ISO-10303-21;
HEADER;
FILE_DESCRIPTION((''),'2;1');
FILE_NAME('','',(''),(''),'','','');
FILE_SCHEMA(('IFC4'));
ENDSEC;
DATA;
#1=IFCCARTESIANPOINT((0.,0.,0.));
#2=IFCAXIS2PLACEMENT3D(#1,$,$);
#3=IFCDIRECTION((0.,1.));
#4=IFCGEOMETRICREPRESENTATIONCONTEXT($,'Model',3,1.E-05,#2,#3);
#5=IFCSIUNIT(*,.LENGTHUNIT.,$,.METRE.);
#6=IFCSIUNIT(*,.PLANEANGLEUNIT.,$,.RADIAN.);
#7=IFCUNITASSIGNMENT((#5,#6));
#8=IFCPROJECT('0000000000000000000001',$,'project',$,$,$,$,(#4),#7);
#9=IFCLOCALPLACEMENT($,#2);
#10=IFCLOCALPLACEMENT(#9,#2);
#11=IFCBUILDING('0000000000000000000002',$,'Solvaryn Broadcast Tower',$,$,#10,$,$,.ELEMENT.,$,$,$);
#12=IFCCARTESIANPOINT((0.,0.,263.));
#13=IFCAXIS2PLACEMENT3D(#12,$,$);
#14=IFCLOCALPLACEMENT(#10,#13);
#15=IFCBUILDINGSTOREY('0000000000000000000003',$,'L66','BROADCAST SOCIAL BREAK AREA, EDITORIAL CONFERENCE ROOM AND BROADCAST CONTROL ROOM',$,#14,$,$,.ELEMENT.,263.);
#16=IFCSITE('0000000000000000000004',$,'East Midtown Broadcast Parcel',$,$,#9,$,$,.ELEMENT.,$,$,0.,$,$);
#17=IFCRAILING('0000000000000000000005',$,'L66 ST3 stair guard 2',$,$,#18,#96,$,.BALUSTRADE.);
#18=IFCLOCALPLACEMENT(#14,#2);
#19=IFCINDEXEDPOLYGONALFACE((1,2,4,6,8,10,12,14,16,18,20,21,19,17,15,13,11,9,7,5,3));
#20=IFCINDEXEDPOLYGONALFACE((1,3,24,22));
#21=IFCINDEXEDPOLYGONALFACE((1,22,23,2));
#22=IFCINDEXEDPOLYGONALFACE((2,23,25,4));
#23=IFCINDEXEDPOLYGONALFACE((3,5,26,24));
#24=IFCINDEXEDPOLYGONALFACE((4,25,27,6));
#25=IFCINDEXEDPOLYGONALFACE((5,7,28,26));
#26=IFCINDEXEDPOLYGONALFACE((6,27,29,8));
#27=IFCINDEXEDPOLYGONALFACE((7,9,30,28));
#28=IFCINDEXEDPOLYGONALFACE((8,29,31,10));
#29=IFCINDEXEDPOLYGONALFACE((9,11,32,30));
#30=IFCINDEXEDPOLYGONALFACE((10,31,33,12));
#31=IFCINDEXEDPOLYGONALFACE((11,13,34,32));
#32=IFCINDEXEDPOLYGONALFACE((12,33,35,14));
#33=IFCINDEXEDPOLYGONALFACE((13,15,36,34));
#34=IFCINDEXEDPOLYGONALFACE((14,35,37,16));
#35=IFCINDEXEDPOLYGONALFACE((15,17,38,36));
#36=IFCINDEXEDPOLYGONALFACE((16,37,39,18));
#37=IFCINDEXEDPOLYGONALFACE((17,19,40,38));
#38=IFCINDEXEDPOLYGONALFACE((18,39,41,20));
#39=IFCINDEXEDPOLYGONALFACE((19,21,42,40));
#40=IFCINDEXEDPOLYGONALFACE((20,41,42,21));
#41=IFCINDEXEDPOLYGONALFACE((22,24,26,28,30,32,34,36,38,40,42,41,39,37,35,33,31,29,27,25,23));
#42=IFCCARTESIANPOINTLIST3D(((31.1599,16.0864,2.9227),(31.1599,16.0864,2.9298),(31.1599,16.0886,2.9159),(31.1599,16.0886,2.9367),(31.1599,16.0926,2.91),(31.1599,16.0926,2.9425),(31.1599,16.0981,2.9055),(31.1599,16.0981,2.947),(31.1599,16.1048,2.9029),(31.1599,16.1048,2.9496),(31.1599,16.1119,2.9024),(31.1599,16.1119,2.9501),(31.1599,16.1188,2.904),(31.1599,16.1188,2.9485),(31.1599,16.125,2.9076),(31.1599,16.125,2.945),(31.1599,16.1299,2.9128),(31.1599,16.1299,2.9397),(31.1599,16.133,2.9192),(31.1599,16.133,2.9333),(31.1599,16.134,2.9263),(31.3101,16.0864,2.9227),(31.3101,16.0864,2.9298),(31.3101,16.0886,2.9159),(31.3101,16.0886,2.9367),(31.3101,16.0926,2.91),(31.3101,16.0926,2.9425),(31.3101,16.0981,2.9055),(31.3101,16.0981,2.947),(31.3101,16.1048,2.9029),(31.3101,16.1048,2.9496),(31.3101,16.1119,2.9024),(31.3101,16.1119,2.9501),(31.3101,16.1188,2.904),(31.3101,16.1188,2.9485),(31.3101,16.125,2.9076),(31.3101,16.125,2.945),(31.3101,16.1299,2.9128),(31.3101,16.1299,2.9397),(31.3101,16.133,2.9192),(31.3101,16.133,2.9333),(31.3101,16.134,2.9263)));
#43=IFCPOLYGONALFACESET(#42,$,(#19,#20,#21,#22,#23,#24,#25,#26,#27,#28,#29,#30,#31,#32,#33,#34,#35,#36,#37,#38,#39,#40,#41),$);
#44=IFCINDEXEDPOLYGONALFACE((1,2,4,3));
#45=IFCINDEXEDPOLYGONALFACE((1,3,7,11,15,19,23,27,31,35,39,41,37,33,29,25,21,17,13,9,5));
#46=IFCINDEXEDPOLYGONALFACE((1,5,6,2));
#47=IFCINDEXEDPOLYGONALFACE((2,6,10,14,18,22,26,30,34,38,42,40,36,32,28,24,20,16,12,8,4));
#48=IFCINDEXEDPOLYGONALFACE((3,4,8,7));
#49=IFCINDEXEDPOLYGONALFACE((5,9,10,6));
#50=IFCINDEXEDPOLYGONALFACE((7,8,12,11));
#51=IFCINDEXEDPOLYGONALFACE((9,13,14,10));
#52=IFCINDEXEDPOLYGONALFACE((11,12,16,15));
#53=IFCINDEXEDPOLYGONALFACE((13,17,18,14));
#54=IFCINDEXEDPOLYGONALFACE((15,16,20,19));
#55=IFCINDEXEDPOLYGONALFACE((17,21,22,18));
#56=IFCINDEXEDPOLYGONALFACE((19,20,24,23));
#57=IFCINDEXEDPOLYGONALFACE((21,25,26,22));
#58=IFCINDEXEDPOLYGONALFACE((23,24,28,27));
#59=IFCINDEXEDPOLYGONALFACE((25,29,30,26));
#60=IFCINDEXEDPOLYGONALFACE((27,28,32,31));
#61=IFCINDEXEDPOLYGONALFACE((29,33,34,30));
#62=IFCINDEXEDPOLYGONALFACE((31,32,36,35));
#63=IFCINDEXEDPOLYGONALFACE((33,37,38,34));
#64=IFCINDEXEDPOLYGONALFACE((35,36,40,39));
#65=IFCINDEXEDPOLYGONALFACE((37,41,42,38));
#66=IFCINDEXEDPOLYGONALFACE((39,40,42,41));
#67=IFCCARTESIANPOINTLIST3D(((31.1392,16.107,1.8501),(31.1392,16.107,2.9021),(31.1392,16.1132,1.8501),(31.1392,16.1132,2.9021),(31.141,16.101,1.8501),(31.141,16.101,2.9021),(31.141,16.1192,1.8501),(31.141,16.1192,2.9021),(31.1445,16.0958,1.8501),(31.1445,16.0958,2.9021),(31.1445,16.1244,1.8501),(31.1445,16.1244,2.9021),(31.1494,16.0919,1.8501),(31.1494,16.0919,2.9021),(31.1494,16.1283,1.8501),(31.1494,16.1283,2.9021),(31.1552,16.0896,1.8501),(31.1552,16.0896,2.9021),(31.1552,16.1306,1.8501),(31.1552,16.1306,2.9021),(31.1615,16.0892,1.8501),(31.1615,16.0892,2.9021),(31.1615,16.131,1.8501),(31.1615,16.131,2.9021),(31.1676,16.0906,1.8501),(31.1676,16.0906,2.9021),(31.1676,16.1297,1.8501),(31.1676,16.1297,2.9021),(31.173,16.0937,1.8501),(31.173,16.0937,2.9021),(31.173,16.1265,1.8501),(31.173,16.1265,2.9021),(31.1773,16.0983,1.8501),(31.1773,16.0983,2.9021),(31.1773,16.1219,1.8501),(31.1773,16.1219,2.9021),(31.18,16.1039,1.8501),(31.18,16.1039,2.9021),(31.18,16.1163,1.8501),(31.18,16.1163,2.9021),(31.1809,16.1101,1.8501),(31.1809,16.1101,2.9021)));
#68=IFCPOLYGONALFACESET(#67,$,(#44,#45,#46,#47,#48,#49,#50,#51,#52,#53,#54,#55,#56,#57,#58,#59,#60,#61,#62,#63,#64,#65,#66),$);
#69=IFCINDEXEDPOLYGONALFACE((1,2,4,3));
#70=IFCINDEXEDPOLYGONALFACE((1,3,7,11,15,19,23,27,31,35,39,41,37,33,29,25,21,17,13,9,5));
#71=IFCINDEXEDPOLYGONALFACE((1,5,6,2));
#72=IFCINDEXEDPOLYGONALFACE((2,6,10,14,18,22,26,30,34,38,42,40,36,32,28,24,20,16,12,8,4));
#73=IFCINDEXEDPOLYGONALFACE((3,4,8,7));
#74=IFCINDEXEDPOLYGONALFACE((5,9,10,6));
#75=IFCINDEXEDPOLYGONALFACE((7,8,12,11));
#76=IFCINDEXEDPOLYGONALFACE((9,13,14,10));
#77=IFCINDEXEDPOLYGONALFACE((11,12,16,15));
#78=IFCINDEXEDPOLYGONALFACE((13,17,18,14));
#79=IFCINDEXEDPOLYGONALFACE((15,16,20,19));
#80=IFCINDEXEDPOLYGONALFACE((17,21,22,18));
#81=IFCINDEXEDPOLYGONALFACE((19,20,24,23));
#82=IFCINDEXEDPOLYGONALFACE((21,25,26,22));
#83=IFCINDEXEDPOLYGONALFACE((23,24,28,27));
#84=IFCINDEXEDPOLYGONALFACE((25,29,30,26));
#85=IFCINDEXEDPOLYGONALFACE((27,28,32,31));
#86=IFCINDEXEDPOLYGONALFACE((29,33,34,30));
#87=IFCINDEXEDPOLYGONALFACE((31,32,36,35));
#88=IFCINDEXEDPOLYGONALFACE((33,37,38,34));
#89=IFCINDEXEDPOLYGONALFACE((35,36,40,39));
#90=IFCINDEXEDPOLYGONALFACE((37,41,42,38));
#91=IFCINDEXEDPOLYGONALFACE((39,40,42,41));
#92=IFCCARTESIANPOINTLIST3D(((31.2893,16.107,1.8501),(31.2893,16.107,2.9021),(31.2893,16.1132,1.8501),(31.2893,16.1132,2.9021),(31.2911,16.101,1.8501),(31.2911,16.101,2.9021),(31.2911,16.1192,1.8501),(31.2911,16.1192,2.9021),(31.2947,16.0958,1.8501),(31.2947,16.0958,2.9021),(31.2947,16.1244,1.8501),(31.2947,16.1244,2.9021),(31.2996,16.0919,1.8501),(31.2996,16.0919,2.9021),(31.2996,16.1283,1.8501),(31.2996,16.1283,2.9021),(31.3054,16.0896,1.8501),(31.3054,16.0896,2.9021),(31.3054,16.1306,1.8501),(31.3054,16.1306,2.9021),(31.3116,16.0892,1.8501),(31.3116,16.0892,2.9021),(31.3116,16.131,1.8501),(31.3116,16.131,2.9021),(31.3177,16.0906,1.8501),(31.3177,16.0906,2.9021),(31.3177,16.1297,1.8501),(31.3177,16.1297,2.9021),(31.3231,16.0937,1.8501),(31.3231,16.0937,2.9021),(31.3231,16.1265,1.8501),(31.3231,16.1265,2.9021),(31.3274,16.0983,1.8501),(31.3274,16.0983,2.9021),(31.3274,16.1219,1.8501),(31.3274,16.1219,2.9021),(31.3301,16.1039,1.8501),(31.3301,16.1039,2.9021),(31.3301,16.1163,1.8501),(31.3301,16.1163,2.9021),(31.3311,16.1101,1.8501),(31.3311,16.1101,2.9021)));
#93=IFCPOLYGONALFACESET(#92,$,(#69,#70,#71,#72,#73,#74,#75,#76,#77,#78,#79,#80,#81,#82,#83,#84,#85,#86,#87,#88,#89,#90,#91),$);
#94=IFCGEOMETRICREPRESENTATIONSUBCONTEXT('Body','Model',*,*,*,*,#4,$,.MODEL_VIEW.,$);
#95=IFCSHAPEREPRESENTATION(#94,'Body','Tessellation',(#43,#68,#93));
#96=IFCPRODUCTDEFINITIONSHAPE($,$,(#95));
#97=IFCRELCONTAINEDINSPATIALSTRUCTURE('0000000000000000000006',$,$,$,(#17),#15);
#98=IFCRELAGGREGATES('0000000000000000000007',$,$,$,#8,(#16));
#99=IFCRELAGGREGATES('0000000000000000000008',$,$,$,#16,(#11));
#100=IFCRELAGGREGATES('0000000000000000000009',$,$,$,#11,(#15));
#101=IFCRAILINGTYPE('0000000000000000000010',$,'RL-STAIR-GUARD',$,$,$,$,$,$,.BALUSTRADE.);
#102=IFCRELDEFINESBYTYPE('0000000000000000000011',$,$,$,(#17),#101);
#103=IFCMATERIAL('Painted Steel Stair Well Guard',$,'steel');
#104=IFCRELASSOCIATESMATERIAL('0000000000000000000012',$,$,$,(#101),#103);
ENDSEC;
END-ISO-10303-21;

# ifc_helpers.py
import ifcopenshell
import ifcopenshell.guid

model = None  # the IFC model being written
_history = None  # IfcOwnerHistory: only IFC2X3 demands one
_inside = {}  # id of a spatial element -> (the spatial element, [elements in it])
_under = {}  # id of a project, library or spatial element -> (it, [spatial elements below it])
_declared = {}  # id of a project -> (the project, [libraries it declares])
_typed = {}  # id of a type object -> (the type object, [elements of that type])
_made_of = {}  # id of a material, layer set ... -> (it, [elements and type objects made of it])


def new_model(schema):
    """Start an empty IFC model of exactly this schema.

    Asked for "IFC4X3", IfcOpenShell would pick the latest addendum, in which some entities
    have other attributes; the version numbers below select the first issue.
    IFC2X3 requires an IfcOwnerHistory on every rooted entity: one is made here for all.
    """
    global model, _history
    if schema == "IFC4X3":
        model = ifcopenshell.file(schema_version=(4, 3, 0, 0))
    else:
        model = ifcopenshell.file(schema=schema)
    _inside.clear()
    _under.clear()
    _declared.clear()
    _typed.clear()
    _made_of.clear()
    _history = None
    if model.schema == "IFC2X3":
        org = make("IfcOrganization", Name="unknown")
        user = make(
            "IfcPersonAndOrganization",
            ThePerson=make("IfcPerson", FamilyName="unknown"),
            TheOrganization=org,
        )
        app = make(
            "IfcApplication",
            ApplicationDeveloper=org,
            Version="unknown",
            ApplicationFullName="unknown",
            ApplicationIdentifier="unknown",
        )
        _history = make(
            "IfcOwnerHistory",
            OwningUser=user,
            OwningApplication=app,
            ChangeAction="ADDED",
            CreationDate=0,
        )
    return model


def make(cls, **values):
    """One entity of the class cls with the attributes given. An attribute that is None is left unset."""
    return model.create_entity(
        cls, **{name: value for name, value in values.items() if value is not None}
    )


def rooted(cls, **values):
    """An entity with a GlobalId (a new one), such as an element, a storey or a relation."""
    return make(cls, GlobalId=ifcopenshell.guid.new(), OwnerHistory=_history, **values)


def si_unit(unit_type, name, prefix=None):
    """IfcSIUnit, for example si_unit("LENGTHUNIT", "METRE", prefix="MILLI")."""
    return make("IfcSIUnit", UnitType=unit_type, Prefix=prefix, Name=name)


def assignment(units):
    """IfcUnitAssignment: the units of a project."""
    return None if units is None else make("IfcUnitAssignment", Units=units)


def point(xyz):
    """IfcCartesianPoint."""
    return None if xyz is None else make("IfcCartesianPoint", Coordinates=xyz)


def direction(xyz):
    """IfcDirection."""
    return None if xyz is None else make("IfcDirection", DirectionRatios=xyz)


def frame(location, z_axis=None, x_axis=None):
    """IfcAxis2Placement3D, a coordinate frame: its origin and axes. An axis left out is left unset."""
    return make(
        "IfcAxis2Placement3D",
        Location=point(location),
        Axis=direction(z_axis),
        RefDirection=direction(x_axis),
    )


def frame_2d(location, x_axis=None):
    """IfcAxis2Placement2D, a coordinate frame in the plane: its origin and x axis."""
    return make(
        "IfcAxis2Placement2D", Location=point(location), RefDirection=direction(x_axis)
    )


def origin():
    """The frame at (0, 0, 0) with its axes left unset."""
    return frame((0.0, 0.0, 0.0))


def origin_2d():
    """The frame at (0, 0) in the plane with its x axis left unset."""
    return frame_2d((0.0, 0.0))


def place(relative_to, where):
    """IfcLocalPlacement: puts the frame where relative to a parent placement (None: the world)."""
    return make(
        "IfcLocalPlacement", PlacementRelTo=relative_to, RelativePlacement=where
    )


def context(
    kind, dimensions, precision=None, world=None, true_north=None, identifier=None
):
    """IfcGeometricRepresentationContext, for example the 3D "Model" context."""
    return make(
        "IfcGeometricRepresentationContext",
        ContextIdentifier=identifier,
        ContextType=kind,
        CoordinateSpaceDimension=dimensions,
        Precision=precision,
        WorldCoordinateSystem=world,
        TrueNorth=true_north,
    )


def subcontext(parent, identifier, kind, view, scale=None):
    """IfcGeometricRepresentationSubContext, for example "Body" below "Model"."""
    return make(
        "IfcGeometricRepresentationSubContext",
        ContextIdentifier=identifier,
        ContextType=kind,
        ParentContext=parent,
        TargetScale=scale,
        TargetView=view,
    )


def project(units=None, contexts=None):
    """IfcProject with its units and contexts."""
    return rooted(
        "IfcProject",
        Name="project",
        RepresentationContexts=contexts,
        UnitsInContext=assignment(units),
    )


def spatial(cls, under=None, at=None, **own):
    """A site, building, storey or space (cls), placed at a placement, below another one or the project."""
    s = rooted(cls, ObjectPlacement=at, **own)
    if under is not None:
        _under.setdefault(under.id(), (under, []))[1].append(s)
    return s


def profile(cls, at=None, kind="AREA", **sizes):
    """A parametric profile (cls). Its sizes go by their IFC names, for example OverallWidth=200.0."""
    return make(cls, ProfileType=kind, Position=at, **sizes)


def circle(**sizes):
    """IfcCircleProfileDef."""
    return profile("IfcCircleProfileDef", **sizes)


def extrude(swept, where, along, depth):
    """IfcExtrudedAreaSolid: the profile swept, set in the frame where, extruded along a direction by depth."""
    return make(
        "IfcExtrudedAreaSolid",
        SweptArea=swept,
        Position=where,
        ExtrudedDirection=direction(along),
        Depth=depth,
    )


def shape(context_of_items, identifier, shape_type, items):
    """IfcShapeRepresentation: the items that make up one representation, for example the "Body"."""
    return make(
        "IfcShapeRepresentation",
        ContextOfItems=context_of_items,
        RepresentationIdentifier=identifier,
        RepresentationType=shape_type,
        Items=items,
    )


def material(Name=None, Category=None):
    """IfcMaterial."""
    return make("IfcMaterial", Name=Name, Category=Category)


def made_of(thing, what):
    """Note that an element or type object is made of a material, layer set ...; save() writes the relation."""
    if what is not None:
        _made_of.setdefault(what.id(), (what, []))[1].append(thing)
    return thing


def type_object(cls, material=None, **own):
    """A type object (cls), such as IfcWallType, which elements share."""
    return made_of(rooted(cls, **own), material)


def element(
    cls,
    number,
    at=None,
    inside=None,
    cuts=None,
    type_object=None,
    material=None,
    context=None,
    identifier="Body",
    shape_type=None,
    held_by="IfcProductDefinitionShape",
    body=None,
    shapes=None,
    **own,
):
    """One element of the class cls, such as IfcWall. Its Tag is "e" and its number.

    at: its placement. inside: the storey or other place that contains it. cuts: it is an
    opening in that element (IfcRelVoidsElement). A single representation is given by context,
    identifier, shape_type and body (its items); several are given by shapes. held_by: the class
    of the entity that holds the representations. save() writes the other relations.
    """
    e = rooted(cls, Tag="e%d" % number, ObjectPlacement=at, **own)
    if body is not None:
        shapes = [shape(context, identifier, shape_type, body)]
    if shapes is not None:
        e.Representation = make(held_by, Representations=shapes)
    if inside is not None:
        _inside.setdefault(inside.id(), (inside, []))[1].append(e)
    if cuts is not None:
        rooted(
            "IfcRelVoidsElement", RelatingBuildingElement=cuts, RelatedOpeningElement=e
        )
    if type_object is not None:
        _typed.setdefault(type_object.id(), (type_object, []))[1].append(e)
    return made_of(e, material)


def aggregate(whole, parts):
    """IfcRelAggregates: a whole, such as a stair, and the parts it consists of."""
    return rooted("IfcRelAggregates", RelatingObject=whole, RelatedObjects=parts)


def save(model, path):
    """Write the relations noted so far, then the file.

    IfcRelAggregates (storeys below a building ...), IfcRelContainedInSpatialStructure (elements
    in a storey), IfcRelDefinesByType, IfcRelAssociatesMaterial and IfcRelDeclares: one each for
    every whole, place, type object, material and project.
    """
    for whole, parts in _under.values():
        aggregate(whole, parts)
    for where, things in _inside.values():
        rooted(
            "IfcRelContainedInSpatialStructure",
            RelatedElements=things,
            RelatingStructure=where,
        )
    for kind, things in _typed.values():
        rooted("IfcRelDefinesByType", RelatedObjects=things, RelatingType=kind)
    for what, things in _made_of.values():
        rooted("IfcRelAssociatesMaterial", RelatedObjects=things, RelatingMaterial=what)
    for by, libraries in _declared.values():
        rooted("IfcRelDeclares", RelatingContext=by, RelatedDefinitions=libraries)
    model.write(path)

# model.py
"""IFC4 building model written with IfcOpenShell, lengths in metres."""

from ifc_helpers import new_model, si_unit, direction, frame, origin, origin_2d, place, context, subcontext, project, spatial, circle, extrude, material, type_object, element, save


model = new_model("IFC4")

# Units and contexts
model_context = context("Model", 3, precision=1e-05, world=origin(), true_north=direction((0.0, 1.0)))
body_context = subcontext(model_context, "Body", "Model", "MODEL_VIEW")
ifc_project = project(units=[si_unit("LENGTHUNIT", "METRE"), si_unit("PLANEANGLEUNIT", "RADIAN")], contexts=[model_context])

# Site, building, storey
site_placement = place(None, origin())
site = spatial("IfcSite", under=ifc_project, at=site_placement, Name="East Midtown Broadcast Parcel", CompositionType="ELEMENT", RefElevation=0.0)
building_placement = place(site_placement, origin())
building = spatial("IfcBuilding", under=site, at=building_placement, Name="Solvaryn Broadcast Tower", CompositionType="ELEMENT")
storey_placement = place(building_placement, frame((0.0, 0.0, 263.0)))
storey = spatial("IfcBuildingStorey", under=building, at=storey_placement, Name="L66", Description="BROADCAST SOCIAL BREAK AREA, EDITORIAL CONFERENCE ROOM AND BROADCAST CONTROL ROOM", CompositionType="ELEMENT", Elevation=263.0)

# Railing
ifc_material_1 = material(Name="Painted Steel Stair Well Guard", Category="steel")
railing_type_1 = type_object("IfcRailingType", Name="RL-STAIR-GUARD", PredefinedType="BALUSTRADE", material=ifc_material_1)
railing_1_placement = place(storey_placement, frame((31.1599, 16.1101, 1.8501)))
element("IfcRailing", 1, at=railing_1_placement, inside=storey, type_object=railing_type_1, Name="L66 ST3 stair guard 2", PredefinedType="BALUSTRADE", context=body_context, shape_type="SweptSolid", body=[
    extrude(circle(Radius=0.0239, at=origin_2d()), frame((0.0, 0.0, 1.0762), z_axis=(1.0, 0.0, 0.0), x_axis=(0.0, 1.0, 0.0)), (0.0, 0.0, 1.0), 0.1501),
    extrude(circle(Radius=0.021, at=origin_2d()), origin(), (0.0, 0.0, 1.0), 1.052),
    extrude(circle(Radius=0.021, at=origin_2d()), frame((0.1501, 0.0, 0.0)), (0.0, 0.0, 1.0), 1.052),
])

save(model, "model.ifc")
